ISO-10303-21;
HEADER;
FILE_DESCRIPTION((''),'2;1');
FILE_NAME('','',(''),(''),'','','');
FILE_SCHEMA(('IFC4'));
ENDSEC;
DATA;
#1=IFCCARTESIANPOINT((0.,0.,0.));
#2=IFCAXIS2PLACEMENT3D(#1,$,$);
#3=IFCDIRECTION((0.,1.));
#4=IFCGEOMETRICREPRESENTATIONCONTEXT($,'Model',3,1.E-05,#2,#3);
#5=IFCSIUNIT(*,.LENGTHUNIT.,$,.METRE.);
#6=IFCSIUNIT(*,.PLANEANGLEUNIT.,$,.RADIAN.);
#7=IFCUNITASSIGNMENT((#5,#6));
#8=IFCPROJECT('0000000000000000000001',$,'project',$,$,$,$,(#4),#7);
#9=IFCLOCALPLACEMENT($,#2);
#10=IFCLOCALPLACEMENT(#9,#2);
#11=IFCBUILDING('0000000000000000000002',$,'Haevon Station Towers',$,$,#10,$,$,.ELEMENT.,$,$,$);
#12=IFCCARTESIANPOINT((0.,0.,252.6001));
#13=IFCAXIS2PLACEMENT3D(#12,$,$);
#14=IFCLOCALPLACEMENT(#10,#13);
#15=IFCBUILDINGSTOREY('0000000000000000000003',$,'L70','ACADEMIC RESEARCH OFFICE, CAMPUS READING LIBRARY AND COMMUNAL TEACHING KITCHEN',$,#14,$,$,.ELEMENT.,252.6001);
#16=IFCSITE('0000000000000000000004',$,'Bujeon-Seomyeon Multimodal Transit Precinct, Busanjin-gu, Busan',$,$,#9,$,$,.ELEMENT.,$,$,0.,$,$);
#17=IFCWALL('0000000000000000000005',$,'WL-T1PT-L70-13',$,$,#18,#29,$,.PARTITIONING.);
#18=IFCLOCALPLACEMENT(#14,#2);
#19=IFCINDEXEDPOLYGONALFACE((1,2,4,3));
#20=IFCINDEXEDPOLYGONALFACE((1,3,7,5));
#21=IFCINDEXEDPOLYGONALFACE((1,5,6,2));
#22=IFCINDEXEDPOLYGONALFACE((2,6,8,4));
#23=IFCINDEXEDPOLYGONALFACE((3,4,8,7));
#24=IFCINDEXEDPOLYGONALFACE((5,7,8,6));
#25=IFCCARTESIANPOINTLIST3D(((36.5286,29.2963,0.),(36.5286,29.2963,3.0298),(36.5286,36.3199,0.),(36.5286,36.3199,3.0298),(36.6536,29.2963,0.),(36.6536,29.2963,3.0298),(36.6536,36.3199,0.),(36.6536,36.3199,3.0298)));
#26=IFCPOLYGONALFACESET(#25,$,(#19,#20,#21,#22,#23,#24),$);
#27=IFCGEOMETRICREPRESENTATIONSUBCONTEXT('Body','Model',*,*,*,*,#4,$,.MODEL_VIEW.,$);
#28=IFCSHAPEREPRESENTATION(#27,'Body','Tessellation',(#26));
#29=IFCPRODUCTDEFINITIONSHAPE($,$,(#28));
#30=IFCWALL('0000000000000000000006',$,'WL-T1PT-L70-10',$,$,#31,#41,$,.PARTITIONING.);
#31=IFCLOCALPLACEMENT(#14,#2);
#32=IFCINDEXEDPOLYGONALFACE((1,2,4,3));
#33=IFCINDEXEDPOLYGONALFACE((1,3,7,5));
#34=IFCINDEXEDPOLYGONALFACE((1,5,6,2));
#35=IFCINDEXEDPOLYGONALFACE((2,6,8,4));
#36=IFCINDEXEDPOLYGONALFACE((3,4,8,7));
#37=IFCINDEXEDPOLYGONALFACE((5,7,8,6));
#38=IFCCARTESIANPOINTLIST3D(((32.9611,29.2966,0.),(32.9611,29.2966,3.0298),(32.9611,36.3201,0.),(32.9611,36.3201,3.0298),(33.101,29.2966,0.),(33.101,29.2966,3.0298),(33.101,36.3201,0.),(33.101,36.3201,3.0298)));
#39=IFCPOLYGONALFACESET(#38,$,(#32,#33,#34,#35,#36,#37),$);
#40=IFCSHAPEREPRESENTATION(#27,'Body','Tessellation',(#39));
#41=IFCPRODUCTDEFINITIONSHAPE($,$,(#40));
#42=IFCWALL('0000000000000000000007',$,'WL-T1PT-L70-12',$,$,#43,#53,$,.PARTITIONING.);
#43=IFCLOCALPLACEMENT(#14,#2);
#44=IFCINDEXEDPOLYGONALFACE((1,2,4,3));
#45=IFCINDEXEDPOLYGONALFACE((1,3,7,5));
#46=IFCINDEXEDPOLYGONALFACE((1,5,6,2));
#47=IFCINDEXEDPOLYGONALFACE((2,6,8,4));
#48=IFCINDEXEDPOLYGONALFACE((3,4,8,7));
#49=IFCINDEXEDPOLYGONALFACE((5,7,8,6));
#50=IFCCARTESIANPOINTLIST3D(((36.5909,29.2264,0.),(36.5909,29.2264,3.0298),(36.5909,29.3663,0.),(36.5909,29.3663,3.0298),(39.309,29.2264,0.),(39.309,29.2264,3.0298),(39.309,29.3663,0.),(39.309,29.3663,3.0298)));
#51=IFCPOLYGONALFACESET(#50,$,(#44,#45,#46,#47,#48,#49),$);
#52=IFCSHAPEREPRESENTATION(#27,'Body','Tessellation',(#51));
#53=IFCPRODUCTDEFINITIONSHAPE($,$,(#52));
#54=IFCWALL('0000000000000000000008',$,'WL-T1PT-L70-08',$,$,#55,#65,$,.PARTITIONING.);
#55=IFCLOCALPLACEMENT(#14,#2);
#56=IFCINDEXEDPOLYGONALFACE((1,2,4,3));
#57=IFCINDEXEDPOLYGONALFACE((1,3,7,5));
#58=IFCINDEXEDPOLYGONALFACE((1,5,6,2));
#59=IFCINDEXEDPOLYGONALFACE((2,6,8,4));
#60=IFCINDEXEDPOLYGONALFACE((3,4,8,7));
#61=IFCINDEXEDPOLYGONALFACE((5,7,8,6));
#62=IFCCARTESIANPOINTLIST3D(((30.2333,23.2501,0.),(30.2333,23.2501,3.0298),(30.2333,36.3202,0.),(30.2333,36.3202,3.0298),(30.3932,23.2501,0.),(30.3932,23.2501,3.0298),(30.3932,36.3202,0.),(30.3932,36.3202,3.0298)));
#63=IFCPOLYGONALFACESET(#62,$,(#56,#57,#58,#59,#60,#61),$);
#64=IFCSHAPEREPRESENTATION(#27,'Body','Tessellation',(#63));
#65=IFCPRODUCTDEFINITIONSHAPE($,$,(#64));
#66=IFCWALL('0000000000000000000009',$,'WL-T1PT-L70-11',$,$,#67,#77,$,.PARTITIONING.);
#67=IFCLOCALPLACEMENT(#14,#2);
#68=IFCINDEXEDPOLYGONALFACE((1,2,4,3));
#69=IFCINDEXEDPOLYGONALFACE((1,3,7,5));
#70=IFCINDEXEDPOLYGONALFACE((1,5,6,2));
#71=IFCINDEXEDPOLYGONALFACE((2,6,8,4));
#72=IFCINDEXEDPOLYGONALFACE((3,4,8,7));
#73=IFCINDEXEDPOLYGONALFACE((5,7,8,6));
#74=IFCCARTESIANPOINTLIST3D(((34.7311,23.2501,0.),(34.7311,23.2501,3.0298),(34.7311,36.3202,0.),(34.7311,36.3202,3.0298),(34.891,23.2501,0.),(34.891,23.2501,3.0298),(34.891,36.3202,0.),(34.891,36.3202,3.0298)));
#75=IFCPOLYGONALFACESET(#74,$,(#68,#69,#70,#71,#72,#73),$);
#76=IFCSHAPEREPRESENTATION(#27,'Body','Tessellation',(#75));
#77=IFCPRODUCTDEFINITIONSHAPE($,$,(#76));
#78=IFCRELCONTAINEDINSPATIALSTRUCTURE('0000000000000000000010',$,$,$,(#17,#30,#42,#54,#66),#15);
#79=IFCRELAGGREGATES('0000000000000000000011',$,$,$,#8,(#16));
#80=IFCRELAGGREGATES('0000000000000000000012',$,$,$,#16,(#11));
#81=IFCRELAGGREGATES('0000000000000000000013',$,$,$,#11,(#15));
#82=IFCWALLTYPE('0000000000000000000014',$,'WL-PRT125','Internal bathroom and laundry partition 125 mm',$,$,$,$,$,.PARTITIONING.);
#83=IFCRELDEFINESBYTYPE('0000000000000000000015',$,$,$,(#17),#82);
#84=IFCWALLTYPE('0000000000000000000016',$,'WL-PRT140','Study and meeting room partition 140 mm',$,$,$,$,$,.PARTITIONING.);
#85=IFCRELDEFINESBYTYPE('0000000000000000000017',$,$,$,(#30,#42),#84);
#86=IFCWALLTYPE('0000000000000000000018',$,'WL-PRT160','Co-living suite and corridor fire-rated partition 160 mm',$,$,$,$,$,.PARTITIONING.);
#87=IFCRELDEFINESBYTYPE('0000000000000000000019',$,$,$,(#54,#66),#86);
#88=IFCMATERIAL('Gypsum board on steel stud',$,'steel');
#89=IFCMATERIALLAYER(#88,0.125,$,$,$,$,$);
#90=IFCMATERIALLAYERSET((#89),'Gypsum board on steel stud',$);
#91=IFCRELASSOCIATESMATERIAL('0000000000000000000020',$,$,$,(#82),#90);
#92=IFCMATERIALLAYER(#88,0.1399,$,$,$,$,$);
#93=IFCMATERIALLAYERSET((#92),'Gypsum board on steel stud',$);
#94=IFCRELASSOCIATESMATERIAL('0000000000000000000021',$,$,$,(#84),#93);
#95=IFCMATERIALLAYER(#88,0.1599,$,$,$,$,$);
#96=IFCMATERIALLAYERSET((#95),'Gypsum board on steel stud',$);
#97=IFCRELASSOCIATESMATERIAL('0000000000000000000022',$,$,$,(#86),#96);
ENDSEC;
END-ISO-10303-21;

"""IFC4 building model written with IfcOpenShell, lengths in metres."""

from ifc_helpers import new_model, si_unit, direction, frame, frame_2d, origin, place, context, subcontext, project, spatial, rectangle, extrude, material, layer, layer_set, type_object, element, save


model = new_model("IFC4")

# Units and contexts
model_context = context("Model", 3, precision=1e-05, world=origin(), true_north=direction((0.0, 1.0)))
body_context = subcontext(model_context, "Body", "Model", "MODEL_VIEW")
ifc_project = project(units=[si_unit("LENGTHUNIT", "METRE"), si_unit("PLANEANGLEUNIT", "RADIAN")], contexts=[model_context])

# Site, building, storey
site_placement = place(None, origin())
site = spatial("IfcSite", under=ifc_project, at=site_placement, Name="Bujeon-Seomyeon Multimodal Transit Precinct, Busanjin-gu, Busan", CompositionType="ELEMENT", RefElevation=0.0)
building_placement = place(site_placement, origin())
building = spatial("IfcBuilding", under=site, at=building_placement, Name="Haevon Station Towers", CompositionType="ELEMENT")
storey_placement = place(building_placement, frame((0.0, 0.0, 252.6001)))
storey = spatial("IfcBuildingStorey", under=building, at=storey_placement, Name="L70", Description="ACADEMIC RESEARCH OFFICE, CAMPUS READING LIBRARY AND COMMUNAL TEACHING KITCHEN", CompositionType="ELEMENT", Elevation=252.6001)

# Walls
ifc_material_1 = material(Name="Gypsum board on steel stud", Category="steel")
ifc_layer_1 = layer(ifc_material_1, 0.125)
ifc_layer_set_1 = layer_set([ifc_layer_1], Name="Gypsum board on steel stud")
wall_type_1 = type_object("IfcWallType", Name="WL-PRT125", Description="Internal bathroom and laundry partition 125 mm", PredefinedType="PARTITIONING", material=ifc_layer_set_1)
wall_1_placement = place(storey_placement, frame((36.5911, 29.2964, 0.0), z_axis=(0.0, 0.0, 1.0), x_axis=(0.0, 1.0, 0.0)))
element("IfcWall", 1, at=wall_1_placement, inside=storey, type_object=wall_type_1, Name="WL-T1PT-L70-13", PredefinedType="PARTITIONING", context=body_context, shape_type="SweptSolid", body=[
    extrude(rectangle(XDim=7.0237, YDim=0.125, at=frame_2d((3.5117, 0.0))), origin(), (0.0, 0.0, 1.0), 3.0298),
])
ifc_layer_2 = layer(ifc_material_1, 0.1399)
ifc_layer_set_2 = layer_set([ifc_layer_2], Name="Gypsum board on steel stud")
wall_type_2 = type_object("IfcWallType", Name="WL-PRT140", Description="Study and meeting room partition 140 mm", PredefinedType="PARTITIONING", material=ifc_layer_set_2)
wall_2_placement = place(storey_placement, frame((33.031, 29.2966, 0.0), z_axis=(0.0, 0.0, 1.0), x_axis=(0.0, 1.0, 0.0)))
element("IfcWall", 2, at=wall_2_placement, inside=storey, type_object=wall_type_2, Name="WL-T1PT-L70-10", PredefinedType="PARTITIONING", context=body_context, shape_type="SweptSolid", body=[
    extrude(rectangle(XDim=7.0234, YDim=0.1399, at=frame_2d((3.5117, 0.0))), origin(), (0.0, 0.0, 1.0), 3.0298),
])
wall_3_placement = place(storey_placement, frame((36.5911, 29.2964, 0.0), z_axis=(0.0, 0.0, 1.0), x_axis=(1.0, 0.0, 0.0)))
element("IfcWall", 3, at=wall_3_placement, inside=storey, type_object=wall_type_2, Name="WL-T1PT-L70-12", PredefinedType="PARTITIONING", context=body_context, shape_type="SweptSolid", body=[
    extrude(rectangle(XDim=2.718, YDim=0.1399, at=frame_2d((1.3589, 0.0))), origin(), (0.0, 0.0, 1.0), 3.0298),
])
ifc_layer_3 = layer(ifc_material_1, 0.1599)
ifc_layer_set_3 = layer_set([ifc_layer_3], Name="Gypsum board on steel stud")
wall_type_3 = type_object("IfcWallType", Name="WL-PRT160", Description="Co-living suite and corridor fire-rated partition 160 mm", PredefinedType="PARTITIONING", material=ifc_layer_set_3)
for number, where, z_axis, x_axis, name in (
    (4, (30.3132, 23.25, 0.0), (0.0, 0.0, 1.0), (0.0, 1.0, 0.0), "WL-T1PT-L70-08"),
    (5, (34.811, 23.25, 0.0), (0.0, 0.0, 1.0), (0.0, 1.0, 0.0), "WL-T1PT-L70-11"),
):
    element("IfcWall", number, at=place(storey_placement, frame(where, z_axis=z_axis, x_axis=x_axis)), inside=storey, type_object=wall_type_3, Name=name, PredefinedType="PARTITIONING", context=body_context, shape_type="SweptSolid", body=[
        extrude(rectangle(XDim=13.0701, YDim=0.1599, at=frame_2d((6.5352, 0.0))), origin(), (0.0, 0.0, 1.0), 3.0298),
    ])

save(model, "model.ifc")
